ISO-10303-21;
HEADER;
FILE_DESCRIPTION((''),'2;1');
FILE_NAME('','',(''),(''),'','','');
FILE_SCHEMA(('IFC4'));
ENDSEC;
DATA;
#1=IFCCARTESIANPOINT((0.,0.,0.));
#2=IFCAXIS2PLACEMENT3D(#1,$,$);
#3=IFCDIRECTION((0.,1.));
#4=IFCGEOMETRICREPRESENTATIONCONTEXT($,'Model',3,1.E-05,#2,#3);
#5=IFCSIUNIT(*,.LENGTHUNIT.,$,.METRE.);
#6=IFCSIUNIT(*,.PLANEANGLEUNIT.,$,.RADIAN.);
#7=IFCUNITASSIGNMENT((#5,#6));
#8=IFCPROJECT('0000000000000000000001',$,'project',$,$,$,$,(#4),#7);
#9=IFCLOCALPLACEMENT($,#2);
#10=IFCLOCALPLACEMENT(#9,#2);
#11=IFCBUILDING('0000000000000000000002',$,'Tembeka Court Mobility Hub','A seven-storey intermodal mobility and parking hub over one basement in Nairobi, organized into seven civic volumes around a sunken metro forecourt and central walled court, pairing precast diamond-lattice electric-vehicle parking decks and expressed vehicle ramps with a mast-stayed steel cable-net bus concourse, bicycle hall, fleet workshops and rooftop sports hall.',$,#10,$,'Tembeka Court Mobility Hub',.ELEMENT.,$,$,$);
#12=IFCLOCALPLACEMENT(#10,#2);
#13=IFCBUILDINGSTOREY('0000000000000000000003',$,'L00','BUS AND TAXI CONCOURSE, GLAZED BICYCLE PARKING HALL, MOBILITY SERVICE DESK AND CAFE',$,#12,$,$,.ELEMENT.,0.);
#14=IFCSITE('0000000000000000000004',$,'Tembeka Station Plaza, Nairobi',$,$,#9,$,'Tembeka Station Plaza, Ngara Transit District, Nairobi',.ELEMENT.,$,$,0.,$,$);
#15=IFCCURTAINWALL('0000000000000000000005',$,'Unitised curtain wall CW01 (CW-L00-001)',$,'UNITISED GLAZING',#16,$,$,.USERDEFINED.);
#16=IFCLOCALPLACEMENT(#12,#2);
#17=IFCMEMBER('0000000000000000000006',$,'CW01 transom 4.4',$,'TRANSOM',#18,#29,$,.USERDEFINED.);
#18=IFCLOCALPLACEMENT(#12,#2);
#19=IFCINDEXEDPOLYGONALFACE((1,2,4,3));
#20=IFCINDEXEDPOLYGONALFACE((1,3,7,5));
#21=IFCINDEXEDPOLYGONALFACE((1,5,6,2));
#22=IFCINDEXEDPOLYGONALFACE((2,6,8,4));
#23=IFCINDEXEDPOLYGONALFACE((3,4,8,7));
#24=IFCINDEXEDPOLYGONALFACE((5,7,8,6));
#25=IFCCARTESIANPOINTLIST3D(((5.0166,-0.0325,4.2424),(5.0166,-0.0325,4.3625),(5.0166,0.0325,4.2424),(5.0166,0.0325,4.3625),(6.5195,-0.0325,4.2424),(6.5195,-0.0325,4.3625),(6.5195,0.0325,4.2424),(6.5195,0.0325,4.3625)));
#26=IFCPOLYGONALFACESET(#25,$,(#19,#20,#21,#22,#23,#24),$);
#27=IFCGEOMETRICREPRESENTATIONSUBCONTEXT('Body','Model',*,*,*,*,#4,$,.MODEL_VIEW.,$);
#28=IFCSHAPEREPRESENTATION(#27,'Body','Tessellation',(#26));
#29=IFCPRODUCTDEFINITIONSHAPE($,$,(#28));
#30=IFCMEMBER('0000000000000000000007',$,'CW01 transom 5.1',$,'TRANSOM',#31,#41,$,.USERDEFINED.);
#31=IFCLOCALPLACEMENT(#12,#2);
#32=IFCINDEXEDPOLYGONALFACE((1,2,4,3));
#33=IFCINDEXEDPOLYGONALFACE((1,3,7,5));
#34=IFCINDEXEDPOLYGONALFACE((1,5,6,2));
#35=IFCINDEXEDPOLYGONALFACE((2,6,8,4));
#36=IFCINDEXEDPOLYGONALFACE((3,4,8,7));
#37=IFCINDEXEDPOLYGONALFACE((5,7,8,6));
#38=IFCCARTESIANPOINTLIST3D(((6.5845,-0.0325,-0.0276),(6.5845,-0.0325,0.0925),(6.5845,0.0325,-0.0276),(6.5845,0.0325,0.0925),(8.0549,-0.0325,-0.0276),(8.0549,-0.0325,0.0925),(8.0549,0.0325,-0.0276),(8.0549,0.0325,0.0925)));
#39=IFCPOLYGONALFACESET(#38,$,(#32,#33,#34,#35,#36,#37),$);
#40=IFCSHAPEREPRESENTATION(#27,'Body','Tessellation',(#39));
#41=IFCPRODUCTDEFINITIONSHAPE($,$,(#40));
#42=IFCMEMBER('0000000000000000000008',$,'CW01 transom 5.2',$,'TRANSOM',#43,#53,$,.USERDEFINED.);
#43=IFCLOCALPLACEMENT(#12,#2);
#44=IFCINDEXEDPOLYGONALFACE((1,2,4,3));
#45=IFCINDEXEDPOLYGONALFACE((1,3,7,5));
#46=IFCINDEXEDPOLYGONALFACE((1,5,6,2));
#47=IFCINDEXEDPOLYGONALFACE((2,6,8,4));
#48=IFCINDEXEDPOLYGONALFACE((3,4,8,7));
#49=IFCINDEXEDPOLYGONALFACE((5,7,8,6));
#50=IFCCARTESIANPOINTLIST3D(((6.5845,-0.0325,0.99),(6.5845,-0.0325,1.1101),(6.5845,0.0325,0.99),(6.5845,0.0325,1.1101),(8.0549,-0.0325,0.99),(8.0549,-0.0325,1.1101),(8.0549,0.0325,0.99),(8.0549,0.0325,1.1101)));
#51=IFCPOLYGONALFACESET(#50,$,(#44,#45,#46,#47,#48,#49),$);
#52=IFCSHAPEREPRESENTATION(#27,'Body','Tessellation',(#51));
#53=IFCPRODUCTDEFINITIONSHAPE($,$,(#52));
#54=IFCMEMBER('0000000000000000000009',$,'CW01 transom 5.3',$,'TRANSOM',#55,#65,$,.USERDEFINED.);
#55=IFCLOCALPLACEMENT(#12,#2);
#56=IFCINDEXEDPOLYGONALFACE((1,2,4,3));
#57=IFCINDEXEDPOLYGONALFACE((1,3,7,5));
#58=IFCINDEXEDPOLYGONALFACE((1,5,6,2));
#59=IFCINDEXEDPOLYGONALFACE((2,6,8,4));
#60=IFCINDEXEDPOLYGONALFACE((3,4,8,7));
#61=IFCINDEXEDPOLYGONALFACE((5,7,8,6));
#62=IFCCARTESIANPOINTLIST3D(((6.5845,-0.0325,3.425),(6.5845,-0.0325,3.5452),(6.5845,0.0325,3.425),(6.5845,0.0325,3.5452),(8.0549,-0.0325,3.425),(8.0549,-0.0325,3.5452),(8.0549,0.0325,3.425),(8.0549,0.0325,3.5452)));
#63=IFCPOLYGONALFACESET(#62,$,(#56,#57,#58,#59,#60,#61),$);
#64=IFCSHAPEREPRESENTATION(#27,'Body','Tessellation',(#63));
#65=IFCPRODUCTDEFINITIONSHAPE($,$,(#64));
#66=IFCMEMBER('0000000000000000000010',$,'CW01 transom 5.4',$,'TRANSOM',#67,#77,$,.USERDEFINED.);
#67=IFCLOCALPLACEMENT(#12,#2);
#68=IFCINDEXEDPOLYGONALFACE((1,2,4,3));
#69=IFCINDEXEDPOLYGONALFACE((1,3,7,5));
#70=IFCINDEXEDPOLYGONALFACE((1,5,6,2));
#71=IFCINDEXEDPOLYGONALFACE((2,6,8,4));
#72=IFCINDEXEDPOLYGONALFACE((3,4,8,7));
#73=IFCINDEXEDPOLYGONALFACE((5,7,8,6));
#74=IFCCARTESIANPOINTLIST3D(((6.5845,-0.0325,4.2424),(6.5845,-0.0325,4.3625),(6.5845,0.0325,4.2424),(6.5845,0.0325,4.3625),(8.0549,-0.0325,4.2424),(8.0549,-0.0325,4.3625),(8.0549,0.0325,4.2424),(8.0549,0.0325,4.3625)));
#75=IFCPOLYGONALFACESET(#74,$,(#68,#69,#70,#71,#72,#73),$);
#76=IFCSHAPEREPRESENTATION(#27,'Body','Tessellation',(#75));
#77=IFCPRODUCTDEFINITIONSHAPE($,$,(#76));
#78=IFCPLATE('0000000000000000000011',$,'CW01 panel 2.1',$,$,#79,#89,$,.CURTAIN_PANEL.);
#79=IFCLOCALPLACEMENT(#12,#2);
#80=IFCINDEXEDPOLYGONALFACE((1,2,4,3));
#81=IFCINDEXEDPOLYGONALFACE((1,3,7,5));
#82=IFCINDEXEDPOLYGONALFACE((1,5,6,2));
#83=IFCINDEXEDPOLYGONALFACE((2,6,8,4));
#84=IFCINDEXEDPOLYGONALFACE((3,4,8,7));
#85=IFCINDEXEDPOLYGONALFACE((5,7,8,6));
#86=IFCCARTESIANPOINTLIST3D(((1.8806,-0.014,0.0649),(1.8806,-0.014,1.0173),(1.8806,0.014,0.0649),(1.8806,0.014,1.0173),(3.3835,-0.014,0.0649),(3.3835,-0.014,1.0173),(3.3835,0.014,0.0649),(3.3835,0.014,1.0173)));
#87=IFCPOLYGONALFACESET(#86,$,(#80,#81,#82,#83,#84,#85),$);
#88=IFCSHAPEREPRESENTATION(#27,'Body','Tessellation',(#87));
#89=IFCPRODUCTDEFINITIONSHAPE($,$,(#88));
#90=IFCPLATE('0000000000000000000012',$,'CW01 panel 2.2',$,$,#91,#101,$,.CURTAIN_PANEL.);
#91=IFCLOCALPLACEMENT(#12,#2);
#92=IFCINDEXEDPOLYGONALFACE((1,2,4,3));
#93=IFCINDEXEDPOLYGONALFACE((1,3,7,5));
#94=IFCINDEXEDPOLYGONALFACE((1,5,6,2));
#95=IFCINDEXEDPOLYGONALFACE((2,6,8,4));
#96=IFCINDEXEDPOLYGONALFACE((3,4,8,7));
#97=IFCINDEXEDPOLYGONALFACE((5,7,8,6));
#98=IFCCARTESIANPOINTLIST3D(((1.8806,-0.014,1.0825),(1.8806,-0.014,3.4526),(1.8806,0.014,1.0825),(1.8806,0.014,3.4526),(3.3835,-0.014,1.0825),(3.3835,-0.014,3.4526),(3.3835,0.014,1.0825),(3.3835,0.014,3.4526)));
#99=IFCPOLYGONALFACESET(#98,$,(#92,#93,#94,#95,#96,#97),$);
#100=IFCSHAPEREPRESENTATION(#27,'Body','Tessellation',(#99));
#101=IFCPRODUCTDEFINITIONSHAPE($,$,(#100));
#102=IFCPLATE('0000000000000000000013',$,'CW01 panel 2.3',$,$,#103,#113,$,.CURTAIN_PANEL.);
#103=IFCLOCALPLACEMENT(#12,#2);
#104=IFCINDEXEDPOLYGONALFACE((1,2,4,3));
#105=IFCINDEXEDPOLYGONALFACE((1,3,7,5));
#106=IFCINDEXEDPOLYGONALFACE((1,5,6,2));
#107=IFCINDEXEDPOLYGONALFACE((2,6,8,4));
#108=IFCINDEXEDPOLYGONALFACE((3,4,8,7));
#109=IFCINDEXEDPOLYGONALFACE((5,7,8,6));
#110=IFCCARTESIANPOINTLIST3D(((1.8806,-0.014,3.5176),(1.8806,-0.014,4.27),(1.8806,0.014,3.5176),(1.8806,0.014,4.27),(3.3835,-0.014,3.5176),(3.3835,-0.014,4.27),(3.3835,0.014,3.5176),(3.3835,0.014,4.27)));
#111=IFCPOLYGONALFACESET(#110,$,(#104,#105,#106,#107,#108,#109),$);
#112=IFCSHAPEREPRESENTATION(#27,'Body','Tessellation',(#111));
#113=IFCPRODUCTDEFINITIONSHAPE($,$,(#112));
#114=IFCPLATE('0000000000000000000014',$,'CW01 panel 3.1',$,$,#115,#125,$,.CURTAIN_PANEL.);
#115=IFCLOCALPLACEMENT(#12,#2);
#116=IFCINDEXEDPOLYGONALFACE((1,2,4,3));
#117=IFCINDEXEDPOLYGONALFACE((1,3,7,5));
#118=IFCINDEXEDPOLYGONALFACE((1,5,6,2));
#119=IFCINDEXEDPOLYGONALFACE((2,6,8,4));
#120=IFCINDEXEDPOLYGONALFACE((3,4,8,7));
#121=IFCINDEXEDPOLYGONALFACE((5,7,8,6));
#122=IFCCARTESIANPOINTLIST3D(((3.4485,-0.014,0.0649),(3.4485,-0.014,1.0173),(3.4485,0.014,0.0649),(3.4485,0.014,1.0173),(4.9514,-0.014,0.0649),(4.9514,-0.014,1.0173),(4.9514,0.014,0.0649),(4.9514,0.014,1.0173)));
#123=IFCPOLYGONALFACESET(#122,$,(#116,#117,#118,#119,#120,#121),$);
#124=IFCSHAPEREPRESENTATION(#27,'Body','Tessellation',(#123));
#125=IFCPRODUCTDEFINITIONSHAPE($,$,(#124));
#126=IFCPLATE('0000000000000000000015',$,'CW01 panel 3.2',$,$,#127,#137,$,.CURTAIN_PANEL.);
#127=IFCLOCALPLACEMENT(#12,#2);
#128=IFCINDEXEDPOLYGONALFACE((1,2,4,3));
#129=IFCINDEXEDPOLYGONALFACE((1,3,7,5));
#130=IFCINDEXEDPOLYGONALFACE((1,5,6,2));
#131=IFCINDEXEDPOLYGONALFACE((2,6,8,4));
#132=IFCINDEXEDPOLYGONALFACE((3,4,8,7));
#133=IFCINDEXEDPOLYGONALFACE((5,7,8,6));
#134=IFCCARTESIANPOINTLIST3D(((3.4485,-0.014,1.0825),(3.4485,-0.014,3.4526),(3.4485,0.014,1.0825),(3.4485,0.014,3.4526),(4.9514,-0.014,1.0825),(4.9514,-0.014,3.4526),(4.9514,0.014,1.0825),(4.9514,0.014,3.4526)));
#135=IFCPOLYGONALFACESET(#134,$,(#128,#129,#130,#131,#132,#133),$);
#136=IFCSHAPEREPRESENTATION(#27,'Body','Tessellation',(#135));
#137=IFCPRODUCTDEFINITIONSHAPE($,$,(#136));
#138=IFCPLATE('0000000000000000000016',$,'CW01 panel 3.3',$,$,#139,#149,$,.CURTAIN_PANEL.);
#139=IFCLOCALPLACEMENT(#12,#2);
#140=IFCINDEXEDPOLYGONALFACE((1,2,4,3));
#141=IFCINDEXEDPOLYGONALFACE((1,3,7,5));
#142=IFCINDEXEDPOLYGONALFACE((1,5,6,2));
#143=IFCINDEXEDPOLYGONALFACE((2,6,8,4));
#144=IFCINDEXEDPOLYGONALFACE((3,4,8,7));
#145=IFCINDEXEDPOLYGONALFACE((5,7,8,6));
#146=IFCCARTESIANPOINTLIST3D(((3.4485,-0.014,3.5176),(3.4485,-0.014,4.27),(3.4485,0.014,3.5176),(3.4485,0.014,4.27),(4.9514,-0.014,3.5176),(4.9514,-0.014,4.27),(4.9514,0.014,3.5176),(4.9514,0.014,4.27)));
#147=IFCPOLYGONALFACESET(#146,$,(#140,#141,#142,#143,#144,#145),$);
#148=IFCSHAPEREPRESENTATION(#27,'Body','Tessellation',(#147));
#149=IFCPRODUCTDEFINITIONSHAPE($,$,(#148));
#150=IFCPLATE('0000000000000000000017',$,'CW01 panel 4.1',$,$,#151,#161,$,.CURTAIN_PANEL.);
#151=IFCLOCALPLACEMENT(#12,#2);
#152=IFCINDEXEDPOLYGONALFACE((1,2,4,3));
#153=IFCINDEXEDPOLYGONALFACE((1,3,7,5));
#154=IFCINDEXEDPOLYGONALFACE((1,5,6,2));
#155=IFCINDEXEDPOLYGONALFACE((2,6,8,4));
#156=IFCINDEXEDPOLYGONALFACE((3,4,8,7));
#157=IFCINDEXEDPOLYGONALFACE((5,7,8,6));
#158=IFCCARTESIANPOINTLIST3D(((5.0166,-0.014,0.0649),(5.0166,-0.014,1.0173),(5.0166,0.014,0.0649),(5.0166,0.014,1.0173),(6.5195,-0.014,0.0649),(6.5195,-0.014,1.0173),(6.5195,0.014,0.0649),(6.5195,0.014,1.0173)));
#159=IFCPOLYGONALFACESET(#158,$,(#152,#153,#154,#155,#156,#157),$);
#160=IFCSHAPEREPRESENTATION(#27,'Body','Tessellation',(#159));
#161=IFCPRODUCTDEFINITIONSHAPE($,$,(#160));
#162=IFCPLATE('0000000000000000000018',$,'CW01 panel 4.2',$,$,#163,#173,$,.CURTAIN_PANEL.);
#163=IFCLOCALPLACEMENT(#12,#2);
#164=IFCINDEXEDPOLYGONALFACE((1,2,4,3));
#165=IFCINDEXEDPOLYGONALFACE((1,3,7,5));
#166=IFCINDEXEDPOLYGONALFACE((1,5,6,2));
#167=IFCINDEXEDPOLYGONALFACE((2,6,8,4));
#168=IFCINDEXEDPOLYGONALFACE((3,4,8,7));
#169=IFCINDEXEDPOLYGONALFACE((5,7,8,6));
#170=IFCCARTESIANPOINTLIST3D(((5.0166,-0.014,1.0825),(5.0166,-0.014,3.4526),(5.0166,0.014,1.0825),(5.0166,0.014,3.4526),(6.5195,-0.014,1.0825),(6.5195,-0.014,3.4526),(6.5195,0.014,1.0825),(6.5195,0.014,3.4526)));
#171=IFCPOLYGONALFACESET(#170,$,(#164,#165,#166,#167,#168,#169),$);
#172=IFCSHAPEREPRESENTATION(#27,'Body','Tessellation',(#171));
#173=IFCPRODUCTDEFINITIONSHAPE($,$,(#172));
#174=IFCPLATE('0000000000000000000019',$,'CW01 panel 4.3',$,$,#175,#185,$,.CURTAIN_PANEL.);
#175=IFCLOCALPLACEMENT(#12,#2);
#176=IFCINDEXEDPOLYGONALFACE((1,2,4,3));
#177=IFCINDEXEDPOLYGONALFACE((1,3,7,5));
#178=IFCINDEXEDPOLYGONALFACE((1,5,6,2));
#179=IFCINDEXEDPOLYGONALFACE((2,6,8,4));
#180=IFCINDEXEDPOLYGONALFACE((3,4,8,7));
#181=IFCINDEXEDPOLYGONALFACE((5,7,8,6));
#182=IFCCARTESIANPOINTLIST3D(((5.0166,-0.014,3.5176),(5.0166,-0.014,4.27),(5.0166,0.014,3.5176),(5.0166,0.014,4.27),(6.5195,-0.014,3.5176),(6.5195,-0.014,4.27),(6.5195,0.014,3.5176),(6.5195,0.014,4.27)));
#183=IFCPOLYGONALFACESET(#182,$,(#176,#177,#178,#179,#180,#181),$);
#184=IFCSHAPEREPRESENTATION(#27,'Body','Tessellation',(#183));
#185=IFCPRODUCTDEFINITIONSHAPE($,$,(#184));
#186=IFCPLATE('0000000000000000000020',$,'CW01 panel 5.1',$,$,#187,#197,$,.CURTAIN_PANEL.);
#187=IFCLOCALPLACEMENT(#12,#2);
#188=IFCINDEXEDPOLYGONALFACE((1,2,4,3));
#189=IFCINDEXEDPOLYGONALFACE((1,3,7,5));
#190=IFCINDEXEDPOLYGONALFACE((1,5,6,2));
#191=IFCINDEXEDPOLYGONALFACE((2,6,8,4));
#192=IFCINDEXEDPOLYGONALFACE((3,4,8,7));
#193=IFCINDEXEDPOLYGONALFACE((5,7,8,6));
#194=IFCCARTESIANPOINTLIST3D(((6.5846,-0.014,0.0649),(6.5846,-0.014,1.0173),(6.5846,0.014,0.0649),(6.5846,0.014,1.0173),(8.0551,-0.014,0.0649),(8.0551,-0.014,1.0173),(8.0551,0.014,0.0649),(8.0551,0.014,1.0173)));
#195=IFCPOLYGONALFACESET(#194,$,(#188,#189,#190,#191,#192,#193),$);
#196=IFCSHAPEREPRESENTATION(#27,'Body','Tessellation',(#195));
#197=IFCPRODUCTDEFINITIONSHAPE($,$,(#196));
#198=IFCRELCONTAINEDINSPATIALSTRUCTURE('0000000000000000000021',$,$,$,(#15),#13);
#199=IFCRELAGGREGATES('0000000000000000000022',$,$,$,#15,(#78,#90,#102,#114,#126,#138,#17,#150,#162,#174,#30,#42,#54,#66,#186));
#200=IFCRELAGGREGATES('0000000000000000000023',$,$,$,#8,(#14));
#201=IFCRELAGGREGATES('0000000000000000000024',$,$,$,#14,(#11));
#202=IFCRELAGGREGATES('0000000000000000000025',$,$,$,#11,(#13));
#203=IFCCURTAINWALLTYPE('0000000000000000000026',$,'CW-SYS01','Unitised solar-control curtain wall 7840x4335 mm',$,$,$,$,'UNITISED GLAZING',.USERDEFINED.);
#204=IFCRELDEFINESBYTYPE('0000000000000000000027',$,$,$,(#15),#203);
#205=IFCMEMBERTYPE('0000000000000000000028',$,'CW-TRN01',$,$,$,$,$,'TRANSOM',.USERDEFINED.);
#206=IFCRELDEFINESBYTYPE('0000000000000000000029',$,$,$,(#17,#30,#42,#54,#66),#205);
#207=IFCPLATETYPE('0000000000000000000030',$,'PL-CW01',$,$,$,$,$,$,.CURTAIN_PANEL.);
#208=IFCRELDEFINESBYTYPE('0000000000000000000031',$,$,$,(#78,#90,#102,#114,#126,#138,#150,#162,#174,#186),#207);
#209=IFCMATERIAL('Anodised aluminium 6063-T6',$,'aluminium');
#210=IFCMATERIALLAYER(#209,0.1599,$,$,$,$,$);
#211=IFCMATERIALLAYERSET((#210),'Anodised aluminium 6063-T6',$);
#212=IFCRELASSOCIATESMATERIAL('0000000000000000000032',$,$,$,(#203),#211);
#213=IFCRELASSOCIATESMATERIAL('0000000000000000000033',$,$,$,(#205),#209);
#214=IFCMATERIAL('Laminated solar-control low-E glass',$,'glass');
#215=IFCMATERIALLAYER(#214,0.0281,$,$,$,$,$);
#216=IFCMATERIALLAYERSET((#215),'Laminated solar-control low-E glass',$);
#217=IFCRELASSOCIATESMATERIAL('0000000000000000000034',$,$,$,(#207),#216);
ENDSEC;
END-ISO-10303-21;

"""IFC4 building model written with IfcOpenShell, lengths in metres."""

from ifc_helpers import new_model, si_unit, direction, frame, origin, origin_2d, place, context, subcontext, project, spatial, rectangle, extrude, material, layer, layer_set, material_profile, profile_set, type_object, element, aggregate, save


model = new_model("IFC4")

# Units and contexts
model_context = context("Model", 3, precision=1e-05, world=origin(), true_north=direction((0.0, 1.0)))
body_context = subcontext(model_context, "Body", "Model", "MODEL_VIEW")
ifc_project = project(units=[si_unit("LENGTHUNIT", "METRE"), si_unit("PLANEANGLEUNIT", "RADIAN")], contexts=[model_context])

# Site, building, storey
site_placement = place(None, origin())
site = spatial("IfcSite", under=ifc_project, at=site_placement, Name="Tembeka Station Plaza, Nairobi", LongName="Tembeka Station Plaza, Ngara Transit District, Nairobi", CompositionType="ELEMENT", RefElevation=0.0)
building_placement = place(site_placement, origin())
building = spatial("IfcBuilding", under=site, at=building_placement, Name="Tembeka Court Mobility Hub", Description="A seven-storey intermodal mobility and parking hub over one basement in Nairobi, organized into seven civic volumes around a sunken metro forecourt and central walled court, pairing precast diamond-lattice electric-vehicle parking decks and expressed vehicle ramps with a mast-stayed steel cable-net bus concourse, bicycle hall, fleet workshops and rooftop sports hall.", LongName="Tembeka Court Mobility Hub", CompositionType="ELEMENT")
storey_placement = place(building_placement, origin())
storey = spatial("IfcBuildingStorey", under=building, at=storey_placement, Name="L00", Description="BUS AND TAXI CONCOURSE, GLAZED BICYCLE PARKING HALL, MOBILITY SERVICE DESK AND CAFE", CompositionType="ELEMENT", Elevation=0.0)

# Curtain wall, members, plates
ifc_material_1 = material(Name="Anodised aluminium 6063-T6", Category="aluminium")
ifc_layer_1 = layer(ifc_material_1, 0.1599)
ifc_layer_set_1 = layer_set([ifc_layer_1], Name="Anodised aluminium 6063-T6")
curtain_wall_type = type_object("IfcCurtainWallType", Name="CW-SYS01", Description="Unitised solar-control curtain wall 7840x4335 mm", ElementType="UNITISED GLAZING", PredefinedType="USERDEFINED", material=ifc_layer_set_1)
curtain_wall_placement = place(storey_placement, origin())
curtain_wall = element("IfcCurtainWall", 1, at=curtain_wall_placement, inside=storey, type_object=curtain_wall_type, Name="Unitised curtain wall CW01 (CW-L00-001)", ObjectType="UNITISED GLAZING", PredefinedType="USERDEFINED")
ifc_material_profile_1 = material_profile(ifc_material_1, rectangle(XDim=0.0649, YDim=0.1201, at=origin_2d()), Name="ALU-TRN 65x120")
ifc_profile_set_1 = profile_set([ifc_material_profile_1], Name="Anodised aluminium 6063-T6")
member_type_1 = type_object("IfcMemberType", Name="CW-TRN01", ElementType="TRANSOM", PredefinedType="USERDEFINED", material=ifc_profile_set_1)
member_1_placement = place(storey_placement, frame((5.0166, 0.0, 4.3025), z_axis=(1.0, 0.0, 0.0), x_axis=(0.0, 1.0, 0.0)))
member_1 = element("IfcMember", 2, at=member_1_placement, type_object=member_type_1, Name="CW01 transom 4.4", ObjectType="TRANSOM", PredefinedType="USERDEFINED", context=body_context, shape_type="SweptSolid", body=[
    extrude(rectangle(XDim=0.0649, YDim=0.1201, at=origin_2d()), origin(), (0.0, 0.0, 1.0), 1.5029),
])
member_2_placement = place(storey_placement, frame((6.5845, 0.0, 0.0325), z_axis=(1.0, 0.0, 0.0), x_axis=(0.0, 1.0, 0.0)))
member_2 = element("IfcMember", 3, at=member_2_placement, type_object=member_type_1, Name="CW01 transom 5.1", ObjectType="TRANSOM", PredefinedType="USERDEFINED", context=body_context, shape_type="SweptSolid", body=[
    extrude(rectangle(XDim=0.0649, YDim=0.1201, at=origin_2d()), origin(), (0.0, 0.0, 1.0), 1.4705),
])
member_3_placement = place(storey_placement, frame((6.5845, 0.0, 1.05), z_axis=(1.0, 0.0, 0.0), x_axis=(0.0, 1.0, 0.0)))
member_3 = element("IfcMember", 4, at=member_3_placement, type_object=member_type_1, Name="CW01 transom 5.2", ObjectType="TRANSOM", PredefinedType="USERDEFINED", context=body_context, shape_type="SweptSolid", body=[
    extrude(rectangle(XDim=0.0649, YDim=0.1201, at=origin_2d()), origin(), (0.0, 0.0, 1.0), 1.4705),
])
member_4_placement = place(storey_placement, frame((6.5845, 0.0, 3.4851), z_axis=(1.0, 0.0, 0.0), x_axis=(0.0, 1.0, 0.0)))
member_4 = element("IfcMember", 5, at=member_4_placement, type_object=member_type_1, Name="CW01 transom 5.3", ObjectType="TRANSOM", PredefinedType="USERDEFINED", context=body_context, shape_type="SweptSolid", body=[
    extrude(rectangle(XDim=0.0649, YDim=0.1201, at=origin_2d()), origin(), (0.0, 0.0, 1.0), 1.4705),
])
member_5_placement = place(storey_placement, frame((6.5845, 0.0, 4.3025), z_axis=(1.0, 0.0, 0.0), x_axis=(0.0, 1.0, 0.0)))
member_5 = element("IfcMember", 6, at=member_5_placement, type_object=member_type_1, Name="CW01 transom 5.4", ObjectType="TRANSOM", PredefinedType="USERDEFINED", context=body_context, shape_type="SweptSolid", body=[
    extrude(rectangle(XDim=0.0649, YDim=0.1201, at=origin_2d()), origin(), (0.0, 0.0, 1.0), 1.4705),
])
ifc_material_2 = material(Name="Laminated solar-control low-E glass", Category="glass")
ifc_layer_2 = layer(ifc_material_2, 0.0281)
ifc_layer_set_2 = layer_set([ifc_layer_2], Name="Laminated solar-control low-E glass")
plate_type = type_object("IfcPlateType", Name="PL-CW01", PredefinedType="CURTAIN_PANEL", material=ifc_layer_set_2)
plate_1_placement = place(storey_placement, frame((2.6321, 0.0, 0.0649), z_axis=(0.0, 0.0, 1.0), x_axis=(1.0, 0.0, 0.0)))
plate_1 = element("IfcPlate", 7, at=plate_1_placement, type_object=plate_type, Name="CW01 panel 2.1", PredefinedType="CURTAIN_PANEL", context=body_context, shape_type="SweptSolid", body=[
    extrude(rectangle(XDim=1.5029, YDim=0.0281, at=origin_2d()), origin(), (0.0, 0.0, 1.0), 0.9524),
])
plate_2_placement = place(storey_placement, frame((2.6321, 0.0, 1.0825), z_axis=(0.0, 0.0, 1.0), x_axis=(1.0, 0.0, 0.0)))
plate_2 = element("IfcPlate", 8, at=plate_2_placement, type_object=plate_type, Name="CW01 panel 2.2", PredefinedType="CURTAIN_PANEL", context=body_context, shape_type="SweptSolid", body=[
    extrude(rectangle(XDim=1.5029, YDim=0.0281, at=origin_2d()), origin(), (0.0, 0.0, 1.0), 2.3701),
])
plate_3_placement = place(storey_placement, frame((2.6321, 0.0, 3.5176), z_axis=(0.0, 0.0, 1.0), x_axis=(1.0, 0.0, 0.0)))
plate_3 = element("IfcPlate", 9, at=plate_3_placement, type_object=plate_type, Name="CW01 panel 2.3", PredefinedType="CURTAIN_PANEL", context=body_context, shape_type="SweptSolid", body=[
    extrude(rectangle(XDim=1.5029, YDim=0.0281, at=origin_2d()), origin(), (0.0, 0.0, 1.0), 0.7524),
])
plate_4_placement = place(storey_placement, frame((4.2, 0.0, 0.0649), z_axis=(0.0, 0.0, 1.0), x_axis=(1.0, 0.0, 0.0)))
plate_4 = element("IfcPlate", 10, at=plate_4_placement, type_object=plate_type, Name="CW01 panel 3.1", PredefinedType="CURTAIN_PANEL", context=body_context, shape_type="SweptSolid", body=[
    extrude(rectangle(XDim=1.5029, YDim=0.0281, at=origin_2d()), origin(), (0.0, 0.0, 1.0), 0.9524),
])
plate_5_placement = place(storey_placement, frame((4.2, 0.0, 1.0825), z_axis=(0.0, 0.0, 1.0), x_axis=(1.0, 0.0, 0.0)))
plate_5 = element("IfcPlate", 11, at=plate_5_placement, type_object=plate_type, Name="CW01 panel 3.2", PredefinedType="CURTAIN_PANEL", context=body_context, shape_type="SweptSolid", body=[
    extrude(rectangle(XDim=1.5029, YDim=0.0281, at=origin_2d()), origin(), (0.0, 0.0, 1.0), 2.3701),
])
plate_6_placement = place(storey_placement, frame((4.2, 0.0, 3.5176), z_axis=(0.0, 0.0, 1.0), x_axis=(1.0, 0.0, 0.0)))
plate_6 = element("IfcPlate", 12, at=plate_6_placement, type_object=plate_type, Name="CW01 panel 3.3", PredefinedType="CURTAIN_PANEL", context=body_context, shape_type="SweptSolid", body=[
    extrude(rectangle(XDim=1.5029, YDim=0.0281, at=origin_2d()), origin(), (0.0, 0.0, 1.0), 0.7524),
])
plate_7_placement = place(storey_placement, frame((5.7681, 0.0, 0.0649), z_axis=(0.0, 0.0, 1.0), x_axis=(1.0, 0.0, 0.0)))
plate_7 = element("IfcPlate", 13, at=plate_7_placement, type_object=plate_type, Name="CW01 panel 4.1", PredefinedType="CURTAIN_PANEL", context=body_context, shape_type="SweptSolid", body=[
    extrude(rectangle(XDim=1.5029, YDim=0.0281, at=origin_2d()), origin(), (0.0, 0.0, 1.0), 0.9524),
])
plate_8_placement = place(storey_placement, frame((5.7681, 0.0, 1.0825), z_axis=(0.0, 0.0, 1.0), x_axis=(1.0, 0.0, 0.0)))
plate_8 = element("IfcPlate", 14, at=plate_8_placement, type_object=plate_type, Name="CW01 panel 4.2", PredefinedType="CURTAIN_PANEL", context=body_context, shape_type="SweptSolid", body=[
    extrude(rectangle(XDim=1.5029, YDim=0.0281, at=origin_2d()), origin(), (0.0, 0.0, 1.0), 2.3701),
])
plate_9_placement = place(storey_placement, frame((5.7681, 0.0, 3.5176), z_axis=(0.0, 0.0, 1.0), x_axis=(1.0, 0.0, 0.0)))
plate_9 = element("IfcPlate", 15, at=plate_9_placement, type_object=plate_type, Name="CW01 panel 4.3", PredefinedType="CURTAIN_PANEL", context=body_context, shape_type="SweptSolid", body=[
    extrude(rectangle(XDim=1.5029, YDim=0.0281, at=origin_2d()), origin(), (0.0, 0.0, 1.0), 0.7524),
])
plate_10_placement = place(storey_placement, frame((7.3198, 0.0, 0.0649), z_axis=(0.0, 0.0, 1.0), x_axis=(1.0, 0.0, 0.0)))
plate_10 = element("IfcPlate", 16, at=plate_10_placement, type_object=plate_type, Name="CW01 panel 5.1", PredefinedType="CURTAIN_PANEL", context=body_context, shape_type="SweptSolid", body=[
    extrude(rectangle(XDim=1.4705, YDim=0.0281, at=origin_2d()), origin(), (0.0, 0.0, 1.0), 0.9524),
])
aggregate(curtain_wall, [plate_1, plate_2, plate_3, plate_4, plate_5, plate_6, member_1, plate_7, plate_8, plate_9, member_2, member_3, member_4, member_5, plate_10])

save(model, "model.ifc")
